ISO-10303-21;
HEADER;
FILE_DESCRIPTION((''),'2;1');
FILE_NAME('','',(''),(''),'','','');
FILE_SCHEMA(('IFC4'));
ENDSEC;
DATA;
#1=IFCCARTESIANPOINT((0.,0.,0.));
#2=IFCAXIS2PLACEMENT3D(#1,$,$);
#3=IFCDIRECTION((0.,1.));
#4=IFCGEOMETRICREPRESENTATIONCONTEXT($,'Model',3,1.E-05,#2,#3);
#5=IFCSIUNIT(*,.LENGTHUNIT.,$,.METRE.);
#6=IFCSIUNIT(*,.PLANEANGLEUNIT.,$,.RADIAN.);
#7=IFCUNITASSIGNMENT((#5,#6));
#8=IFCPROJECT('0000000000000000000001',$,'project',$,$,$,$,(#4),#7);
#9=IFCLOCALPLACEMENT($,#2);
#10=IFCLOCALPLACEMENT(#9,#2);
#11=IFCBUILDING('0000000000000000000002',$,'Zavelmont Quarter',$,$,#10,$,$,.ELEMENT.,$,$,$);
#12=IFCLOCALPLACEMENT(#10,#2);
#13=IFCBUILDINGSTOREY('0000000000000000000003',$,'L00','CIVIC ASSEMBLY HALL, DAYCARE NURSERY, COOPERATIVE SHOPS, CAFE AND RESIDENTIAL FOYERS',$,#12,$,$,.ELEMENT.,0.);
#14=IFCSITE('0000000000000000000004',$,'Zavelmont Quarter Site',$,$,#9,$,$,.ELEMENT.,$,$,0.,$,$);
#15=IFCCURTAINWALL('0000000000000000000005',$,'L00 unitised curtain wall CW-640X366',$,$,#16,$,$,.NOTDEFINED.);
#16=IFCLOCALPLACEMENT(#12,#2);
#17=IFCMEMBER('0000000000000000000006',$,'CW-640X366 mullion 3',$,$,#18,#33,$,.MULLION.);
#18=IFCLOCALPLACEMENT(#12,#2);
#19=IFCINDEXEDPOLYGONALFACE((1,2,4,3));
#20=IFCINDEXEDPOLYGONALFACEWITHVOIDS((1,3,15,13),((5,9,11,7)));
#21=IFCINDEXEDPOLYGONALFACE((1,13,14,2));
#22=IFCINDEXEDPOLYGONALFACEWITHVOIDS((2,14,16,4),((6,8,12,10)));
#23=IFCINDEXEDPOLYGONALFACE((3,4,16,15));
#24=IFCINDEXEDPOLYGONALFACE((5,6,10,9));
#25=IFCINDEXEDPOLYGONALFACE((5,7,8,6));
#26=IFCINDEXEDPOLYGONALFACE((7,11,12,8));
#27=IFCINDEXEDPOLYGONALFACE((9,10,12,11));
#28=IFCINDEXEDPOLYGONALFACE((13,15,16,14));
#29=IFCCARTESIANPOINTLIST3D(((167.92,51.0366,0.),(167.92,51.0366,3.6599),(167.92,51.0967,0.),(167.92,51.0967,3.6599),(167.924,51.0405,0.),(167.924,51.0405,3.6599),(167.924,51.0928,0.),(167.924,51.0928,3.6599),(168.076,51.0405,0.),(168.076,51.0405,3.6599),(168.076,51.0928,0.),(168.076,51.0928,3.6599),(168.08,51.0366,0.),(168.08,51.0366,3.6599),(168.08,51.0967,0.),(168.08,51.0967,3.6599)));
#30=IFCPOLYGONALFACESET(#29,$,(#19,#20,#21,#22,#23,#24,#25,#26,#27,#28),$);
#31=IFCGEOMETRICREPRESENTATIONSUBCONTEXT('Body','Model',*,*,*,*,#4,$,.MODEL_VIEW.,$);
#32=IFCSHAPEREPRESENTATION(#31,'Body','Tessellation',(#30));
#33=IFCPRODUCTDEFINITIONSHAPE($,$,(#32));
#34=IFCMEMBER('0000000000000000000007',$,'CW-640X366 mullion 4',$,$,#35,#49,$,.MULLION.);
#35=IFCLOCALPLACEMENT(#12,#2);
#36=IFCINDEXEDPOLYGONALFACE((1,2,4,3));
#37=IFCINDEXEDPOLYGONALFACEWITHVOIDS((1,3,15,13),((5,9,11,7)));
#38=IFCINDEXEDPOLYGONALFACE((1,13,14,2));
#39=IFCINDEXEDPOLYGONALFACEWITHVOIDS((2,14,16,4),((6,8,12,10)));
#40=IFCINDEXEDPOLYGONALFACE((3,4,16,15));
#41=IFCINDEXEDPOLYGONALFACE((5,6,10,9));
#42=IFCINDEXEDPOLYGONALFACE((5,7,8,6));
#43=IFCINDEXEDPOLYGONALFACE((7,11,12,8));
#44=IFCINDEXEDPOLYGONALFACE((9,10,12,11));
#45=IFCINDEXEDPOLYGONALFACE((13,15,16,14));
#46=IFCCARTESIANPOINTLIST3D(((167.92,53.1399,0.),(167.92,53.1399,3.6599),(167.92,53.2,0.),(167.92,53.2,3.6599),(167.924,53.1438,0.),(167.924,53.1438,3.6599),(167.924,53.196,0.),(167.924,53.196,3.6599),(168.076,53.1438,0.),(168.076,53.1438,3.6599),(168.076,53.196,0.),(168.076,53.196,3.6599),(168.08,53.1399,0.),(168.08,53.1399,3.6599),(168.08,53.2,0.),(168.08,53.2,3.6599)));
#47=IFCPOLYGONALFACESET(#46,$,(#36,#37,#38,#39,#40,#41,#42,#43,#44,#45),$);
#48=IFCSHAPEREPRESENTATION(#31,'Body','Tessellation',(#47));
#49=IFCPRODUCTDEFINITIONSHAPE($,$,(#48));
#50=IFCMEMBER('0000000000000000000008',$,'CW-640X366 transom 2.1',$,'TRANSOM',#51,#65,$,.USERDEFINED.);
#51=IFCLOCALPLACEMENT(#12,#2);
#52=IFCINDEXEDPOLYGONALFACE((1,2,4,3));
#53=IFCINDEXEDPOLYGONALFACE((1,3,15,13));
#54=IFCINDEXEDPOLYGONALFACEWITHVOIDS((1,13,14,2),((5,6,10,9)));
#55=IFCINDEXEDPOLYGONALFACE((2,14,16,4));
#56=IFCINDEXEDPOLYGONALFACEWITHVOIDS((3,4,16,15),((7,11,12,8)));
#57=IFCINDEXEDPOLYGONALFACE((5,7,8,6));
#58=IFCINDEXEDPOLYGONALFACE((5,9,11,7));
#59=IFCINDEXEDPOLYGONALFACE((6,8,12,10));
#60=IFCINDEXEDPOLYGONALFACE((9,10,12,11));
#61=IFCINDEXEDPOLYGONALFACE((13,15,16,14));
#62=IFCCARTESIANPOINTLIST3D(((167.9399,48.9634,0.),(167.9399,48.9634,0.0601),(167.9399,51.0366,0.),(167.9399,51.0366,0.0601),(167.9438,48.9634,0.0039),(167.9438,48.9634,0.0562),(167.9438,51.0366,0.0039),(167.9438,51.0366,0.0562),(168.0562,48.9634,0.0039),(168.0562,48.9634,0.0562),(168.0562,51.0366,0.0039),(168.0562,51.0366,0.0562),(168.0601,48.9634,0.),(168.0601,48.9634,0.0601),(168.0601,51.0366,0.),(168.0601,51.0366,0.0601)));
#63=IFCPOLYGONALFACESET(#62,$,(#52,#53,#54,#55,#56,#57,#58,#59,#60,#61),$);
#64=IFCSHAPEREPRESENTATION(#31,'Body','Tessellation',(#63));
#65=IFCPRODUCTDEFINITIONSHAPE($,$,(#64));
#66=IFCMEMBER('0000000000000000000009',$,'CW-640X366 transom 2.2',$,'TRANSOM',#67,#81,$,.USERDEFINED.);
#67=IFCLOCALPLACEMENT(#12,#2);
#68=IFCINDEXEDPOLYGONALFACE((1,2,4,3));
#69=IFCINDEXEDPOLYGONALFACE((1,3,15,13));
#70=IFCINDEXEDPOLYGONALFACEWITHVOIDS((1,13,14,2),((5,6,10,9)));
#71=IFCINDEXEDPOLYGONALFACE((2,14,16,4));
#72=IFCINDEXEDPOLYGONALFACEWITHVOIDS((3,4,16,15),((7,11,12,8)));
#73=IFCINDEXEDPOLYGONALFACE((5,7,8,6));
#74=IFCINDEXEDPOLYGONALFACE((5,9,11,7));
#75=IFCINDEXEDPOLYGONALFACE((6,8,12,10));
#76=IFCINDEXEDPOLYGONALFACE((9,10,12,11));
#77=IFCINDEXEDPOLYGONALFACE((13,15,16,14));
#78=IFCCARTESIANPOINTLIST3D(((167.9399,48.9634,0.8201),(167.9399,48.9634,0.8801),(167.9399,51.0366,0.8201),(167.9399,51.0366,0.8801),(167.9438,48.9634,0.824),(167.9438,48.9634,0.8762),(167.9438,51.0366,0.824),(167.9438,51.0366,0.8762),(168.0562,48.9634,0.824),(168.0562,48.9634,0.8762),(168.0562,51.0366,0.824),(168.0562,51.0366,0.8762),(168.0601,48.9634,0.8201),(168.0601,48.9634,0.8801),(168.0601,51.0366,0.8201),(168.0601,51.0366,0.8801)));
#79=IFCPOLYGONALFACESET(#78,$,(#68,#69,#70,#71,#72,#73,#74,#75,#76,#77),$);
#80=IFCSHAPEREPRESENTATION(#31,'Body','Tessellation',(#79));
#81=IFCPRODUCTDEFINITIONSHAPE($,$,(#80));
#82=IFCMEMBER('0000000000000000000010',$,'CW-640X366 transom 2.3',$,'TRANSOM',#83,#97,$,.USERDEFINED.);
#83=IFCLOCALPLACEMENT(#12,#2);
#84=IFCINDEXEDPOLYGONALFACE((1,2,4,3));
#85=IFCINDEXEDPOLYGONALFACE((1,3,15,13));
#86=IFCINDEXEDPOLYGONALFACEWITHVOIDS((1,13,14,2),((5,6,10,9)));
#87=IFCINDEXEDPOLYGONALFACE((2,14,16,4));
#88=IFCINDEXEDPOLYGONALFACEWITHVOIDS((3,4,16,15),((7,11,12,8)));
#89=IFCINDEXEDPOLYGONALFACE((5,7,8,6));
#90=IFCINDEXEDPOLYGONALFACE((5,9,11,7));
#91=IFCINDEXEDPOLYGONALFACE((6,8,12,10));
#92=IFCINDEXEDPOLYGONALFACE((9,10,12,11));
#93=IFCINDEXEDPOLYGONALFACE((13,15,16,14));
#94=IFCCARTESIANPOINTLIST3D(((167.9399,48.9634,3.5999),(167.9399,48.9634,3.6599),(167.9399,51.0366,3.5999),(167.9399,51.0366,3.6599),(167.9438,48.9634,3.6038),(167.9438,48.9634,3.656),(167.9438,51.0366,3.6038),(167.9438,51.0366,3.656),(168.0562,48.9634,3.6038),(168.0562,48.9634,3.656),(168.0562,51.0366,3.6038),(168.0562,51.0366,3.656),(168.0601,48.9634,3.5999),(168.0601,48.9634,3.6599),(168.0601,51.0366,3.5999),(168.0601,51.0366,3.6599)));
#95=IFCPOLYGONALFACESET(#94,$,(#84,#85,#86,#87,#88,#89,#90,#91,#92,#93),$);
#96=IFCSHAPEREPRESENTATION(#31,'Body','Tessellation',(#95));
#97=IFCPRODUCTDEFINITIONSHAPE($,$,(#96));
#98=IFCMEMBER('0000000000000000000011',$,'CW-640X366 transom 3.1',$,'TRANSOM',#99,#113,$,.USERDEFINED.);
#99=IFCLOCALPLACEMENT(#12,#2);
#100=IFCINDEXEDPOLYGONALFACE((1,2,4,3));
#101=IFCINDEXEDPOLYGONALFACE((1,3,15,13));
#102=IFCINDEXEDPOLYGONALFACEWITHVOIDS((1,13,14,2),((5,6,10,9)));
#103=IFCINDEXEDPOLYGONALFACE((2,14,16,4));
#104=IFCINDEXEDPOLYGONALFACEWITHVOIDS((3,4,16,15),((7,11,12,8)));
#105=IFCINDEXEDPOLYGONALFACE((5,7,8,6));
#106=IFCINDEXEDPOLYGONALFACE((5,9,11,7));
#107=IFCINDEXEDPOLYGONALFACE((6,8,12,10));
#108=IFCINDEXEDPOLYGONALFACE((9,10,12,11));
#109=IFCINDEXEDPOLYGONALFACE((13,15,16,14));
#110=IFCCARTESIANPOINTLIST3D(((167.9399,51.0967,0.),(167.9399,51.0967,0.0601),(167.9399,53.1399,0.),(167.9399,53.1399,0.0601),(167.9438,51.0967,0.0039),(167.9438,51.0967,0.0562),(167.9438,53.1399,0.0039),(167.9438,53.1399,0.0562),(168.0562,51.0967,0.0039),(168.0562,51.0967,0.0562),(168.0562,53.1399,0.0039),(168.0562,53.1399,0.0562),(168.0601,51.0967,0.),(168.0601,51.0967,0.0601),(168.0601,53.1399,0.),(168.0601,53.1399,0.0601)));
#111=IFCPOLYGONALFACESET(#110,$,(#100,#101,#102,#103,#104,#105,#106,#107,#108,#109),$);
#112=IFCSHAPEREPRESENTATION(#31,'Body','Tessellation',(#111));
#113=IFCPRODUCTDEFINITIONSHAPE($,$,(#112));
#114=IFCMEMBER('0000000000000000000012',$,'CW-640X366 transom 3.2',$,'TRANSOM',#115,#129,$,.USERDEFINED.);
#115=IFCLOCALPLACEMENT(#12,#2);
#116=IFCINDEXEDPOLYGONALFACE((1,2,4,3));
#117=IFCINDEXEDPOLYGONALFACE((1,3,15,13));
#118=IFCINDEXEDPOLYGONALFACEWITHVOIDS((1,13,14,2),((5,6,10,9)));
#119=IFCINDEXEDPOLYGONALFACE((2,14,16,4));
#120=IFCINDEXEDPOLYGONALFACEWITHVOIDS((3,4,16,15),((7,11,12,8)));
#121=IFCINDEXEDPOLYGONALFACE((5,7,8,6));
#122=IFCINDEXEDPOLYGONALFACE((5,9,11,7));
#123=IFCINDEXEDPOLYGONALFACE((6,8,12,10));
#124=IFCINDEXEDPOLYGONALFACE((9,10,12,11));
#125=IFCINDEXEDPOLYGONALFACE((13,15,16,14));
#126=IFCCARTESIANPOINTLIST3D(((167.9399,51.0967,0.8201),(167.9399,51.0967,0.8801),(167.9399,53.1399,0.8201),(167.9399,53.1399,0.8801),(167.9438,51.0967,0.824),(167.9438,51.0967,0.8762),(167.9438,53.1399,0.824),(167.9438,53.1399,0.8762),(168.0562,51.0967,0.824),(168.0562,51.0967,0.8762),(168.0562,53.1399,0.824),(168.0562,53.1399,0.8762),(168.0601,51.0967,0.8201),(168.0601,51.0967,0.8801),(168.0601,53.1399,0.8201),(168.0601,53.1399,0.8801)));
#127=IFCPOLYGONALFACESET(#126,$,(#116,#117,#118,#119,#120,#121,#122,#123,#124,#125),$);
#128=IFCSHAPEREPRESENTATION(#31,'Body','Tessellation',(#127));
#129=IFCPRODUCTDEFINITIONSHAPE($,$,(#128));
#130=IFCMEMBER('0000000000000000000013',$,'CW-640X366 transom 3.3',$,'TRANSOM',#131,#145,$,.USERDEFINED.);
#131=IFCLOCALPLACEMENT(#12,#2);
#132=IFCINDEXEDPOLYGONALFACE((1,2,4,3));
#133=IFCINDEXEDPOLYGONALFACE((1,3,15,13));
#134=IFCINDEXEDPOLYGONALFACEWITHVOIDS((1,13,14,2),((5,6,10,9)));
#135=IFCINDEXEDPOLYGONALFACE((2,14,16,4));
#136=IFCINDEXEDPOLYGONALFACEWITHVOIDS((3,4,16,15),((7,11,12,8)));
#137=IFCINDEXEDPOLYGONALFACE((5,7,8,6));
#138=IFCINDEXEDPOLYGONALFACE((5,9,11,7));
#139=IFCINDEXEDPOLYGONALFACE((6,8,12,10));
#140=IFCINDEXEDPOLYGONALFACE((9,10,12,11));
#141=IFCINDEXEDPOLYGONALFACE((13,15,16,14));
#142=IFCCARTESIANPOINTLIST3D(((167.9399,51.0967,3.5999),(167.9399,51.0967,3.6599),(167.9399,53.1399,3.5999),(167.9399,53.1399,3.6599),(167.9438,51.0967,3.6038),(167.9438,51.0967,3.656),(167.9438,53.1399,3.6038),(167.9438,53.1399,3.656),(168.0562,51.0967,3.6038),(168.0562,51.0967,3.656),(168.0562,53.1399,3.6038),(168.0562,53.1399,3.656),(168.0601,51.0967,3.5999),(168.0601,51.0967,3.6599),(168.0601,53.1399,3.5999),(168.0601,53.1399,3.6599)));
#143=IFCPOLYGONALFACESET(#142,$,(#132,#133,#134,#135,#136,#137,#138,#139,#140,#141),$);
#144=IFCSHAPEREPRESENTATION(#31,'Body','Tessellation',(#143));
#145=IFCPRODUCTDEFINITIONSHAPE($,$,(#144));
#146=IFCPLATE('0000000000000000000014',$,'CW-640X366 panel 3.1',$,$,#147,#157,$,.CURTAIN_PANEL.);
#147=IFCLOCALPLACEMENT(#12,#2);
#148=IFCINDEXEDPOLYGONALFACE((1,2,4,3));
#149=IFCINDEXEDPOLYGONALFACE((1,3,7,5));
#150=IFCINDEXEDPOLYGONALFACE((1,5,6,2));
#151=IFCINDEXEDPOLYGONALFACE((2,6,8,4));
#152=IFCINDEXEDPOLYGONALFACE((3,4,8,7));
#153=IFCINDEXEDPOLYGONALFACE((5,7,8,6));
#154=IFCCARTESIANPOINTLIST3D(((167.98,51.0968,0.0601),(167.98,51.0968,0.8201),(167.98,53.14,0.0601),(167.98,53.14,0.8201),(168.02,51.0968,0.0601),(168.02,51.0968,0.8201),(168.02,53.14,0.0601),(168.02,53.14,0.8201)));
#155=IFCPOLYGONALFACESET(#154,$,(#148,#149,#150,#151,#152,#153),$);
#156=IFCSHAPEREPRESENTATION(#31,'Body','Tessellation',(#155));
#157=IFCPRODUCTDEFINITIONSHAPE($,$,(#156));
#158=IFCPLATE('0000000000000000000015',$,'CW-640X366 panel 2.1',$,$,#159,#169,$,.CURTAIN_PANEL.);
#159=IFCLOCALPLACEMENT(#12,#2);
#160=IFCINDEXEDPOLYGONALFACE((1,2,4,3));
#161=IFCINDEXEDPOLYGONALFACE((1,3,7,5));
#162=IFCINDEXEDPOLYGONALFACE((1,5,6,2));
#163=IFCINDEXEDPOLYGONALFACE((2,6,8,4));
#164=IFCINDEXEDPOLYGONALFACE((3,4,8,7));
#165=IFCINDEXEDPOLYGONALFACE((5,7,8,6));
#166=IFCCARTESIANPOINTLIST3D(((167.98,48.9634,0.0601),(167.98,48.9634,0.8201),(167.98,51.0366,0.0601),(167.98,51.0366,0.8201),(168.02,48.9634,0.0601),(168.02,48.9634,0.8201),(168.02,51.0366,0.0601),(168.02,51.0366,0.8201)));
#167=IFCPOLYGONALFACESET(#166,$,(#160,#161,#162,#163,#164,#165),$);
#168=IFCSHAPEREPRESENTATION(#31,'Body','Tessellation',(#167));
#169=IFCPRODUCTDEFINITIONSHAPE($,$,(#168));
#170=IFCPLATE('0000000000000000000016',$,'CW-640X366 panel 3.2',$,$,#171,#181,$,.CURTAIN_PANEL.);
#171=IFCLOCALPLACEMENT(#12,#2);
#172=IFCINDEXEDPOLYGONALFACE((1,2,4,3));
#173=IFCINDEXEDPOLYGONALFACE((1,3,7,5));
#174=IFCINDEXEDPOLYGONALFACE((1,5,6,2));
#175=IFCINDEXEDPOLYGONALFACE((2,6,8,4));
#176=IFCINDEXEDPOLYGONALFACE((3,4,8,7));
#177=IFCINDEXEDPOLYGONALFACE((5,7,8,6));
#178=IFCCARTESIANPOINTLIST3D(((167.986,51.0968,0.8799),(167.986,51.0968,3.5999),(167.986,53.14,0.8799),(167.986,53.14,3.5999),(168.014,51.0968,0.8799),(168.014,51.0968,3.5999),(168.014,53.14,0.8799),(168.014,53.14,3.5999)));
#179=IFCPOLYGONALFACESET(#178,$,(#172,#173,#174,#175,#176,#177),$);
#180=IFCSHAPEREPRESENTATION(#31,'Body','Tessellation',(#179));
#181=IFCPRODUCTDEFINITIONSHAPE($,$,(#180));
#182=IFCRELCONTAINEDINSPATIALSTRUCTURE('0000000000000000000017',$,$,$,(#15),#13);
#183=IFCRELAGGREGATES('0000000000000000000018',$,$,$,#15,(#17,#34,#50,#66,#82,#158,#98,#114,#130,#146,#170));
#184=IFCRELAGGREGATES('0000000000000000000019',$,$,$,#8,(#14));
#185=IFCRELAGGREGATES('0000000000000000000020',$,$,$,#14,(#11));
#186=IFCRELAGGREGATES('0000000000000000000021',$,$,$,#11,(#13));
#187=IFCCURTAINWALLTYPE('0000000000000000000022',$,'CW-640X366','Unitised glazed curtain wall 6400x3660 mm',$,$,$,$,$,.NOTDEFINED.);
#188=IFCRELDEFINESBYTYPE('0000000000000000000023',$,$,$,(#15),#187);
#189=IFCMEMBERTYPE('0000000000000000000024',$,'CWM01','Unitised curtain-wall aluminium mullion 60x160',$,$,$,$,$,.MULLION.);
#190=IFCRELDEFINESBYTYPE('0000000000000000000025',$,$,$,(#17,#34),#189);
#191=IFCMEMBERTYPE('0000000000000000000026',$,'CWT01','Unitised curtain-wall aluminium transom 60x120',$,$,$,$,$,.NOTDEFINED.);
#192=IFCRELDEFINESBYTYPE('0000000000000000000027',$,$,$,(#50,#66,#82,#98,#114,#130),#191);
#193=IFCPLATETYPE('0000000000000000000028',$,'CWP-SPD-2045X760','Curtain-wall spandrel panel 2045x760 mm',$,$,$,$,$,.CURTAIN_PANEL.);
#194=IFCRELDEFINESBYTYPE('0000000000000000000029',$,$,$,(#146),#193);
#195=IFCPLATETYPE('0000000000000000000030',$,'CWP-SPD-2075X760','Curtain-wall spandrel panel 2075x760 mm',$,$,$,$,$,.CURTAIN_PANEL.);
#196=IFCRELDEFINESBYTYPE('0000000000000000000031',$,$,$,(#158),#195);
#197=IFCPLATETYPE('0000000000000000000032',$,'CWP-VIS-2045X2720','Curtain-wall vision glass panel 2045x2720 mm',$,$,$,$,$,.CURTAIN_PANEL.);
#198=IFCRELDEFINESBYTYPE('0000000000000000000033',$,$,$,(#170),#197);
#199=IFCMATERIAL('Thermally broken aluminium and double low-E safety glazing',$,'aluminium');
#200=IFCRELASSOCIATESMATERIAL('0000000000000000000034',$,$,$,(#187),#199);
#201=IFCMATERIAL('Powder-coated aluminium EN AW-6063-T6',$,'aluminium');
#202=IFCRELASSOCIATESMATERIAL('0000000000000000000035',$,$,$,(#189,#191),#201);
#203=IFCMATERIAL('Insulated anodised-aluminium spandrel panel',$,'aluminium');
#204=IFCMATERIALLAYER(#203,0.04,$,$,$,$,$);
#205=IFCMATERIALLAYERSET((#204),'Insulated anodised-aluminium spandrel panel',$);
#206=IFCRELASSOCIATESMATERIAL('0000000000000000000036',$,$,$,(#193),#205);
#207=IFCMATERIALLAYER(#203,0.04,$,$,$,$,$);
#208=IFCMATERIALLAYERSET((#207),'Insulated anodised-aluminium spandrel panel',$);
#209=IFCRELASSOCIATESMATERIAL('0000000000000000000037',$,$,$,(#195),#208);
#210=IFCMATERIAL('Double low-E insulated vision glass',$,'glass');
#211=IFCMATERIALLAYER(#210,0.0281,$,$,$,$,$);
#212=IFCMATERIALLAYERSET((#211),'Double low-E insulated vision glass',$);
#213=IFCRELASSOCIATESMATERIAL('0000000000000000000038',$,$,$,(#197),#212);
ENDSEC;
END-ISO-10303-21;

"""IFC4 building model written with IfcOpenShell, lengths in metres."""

from ifc_helpers import new_model, si_unit, direction, frame, origin, origin_2d, place, context, subcontext, project, spatial, rectangle, hollow_rectangle, extrude, material, layer, layer_set, material_profile, profile_set, type_object, element, aggregate, save


model = new_model("IFC4")

# Units and contexts
model_context = context("Model", 3, precision=1e-05, world=origin(), true_north=direction((0.0, 1.0)))
body_context = subcontext(model_context, "Body", "Model", "MODEL_VIEW")
ifc_project = project(units=[si_unit("LENGTHUNIT", "METRE"), si_unit("PLANEANGLEUNIT", "RADIAN")], contexts=[model_context])

# Site, building, storey
site_placement = place(None, origin())
site = spatial("IfcSite", under=ifc_project, at=site_placement, Name="Zavelmont Quarter Site", CompositionType="ELEMENT", RefElevation=0.0)
building_placement = place(site_placement, origin())
building = spatial("IfcBuilding", under=site, at=building_placement, Name="Zavelmont Quarter", CompositionType="ELEMENT")
storey_placement = place(building_placement, origin())
storey = spatial("IfcBuildingStorey", under=building, at=storey_placement, Name="L00", Description="CIVIC ASSEMBLY HALL, DAYCARE NURSERY, COOPERATIVE SHOPS, CAFE AND RESIDENTIAL FOYERS", CompositionType="ELEMENT", Elevation=0.0)

# Curtain wall, members, plates
ifc_material_1 = material(Name="Thermally broken aluminium and double low-E safety glazing", Category="aluminium")
curtain_wall_type = type_object("IfcCurtainWallType", Name="CW-640X366", Description="Unitised glazed curtain wall 6400x3660 mm", PredefinedType="NOTDEFINED", material=ifc_material_1)
curtain_wall_placement = place(storey_placement, origin())
curtain_wall = element("IfcCurtainWall", 1, at=curtain_wall_placement, inside=storey, type_object=curtain_wall_type, Name="L00 unitised curtain wall CW-640X366", PredefinedType="NOTDEFINED")
ifc_material_2 = material(Name="Powder-coated aluminium EN AW-6063-T6", Category="aluminium")
ifc_material_profile_1 = material_profile(ifc_material_2, hollow_rectangle(XDim=0.0601, YDim=0.1599, WallThickness=0.0039, at=origin_2d()), Name="CWM60X160")
ifc_profile_set_1 = profile_set([ifc_material_profile_1], Name="Powder-coated aluminium EN AW-6063-T6")
member_type_1 = type_object("IfcMemberType", Name="CWM01", Description="Unitised curtain-wall aluminium mullion 60x160", PredefinedType="MULLION", material=ifc_profile_set_1)
member_1_placement = place(storey_placement, frame((168.0, 51.0667, 0.0), z_axis=(0.0, 0.0, 1.0), x_axis=(0.0, 1.0, 0.0)))
member_1 = element("IfcMember", 2, at=member_1_placement, type_object=member_type_1, Name="CW-640X366 mullion 3", PredefinedType="MULLION", context=body_context, shape_type="SweptSolid", body=[
    extrude(hollow_rectangle(XDim=0.0601, YDim=0.1599, WallThickness=0.0039, at=origin_2d()), origin(), (0.0, 0.0, 1.0), 3.6599),
])
member_2_placement = place(storey_placement, frame((168.0, 53.1699, 0.0), z_axis=(0.0, 0.0, 1.0), x_axis=(0.0, 1.0, 0.0)))
member_2 = element("IfcMember", 3, at=member_2_placement, type_object=member_type_1, Name="CW-640X366 mullion 4", PredefinedType="MULLION", context=body_context, shape_type="SweptSolid", body=[
    extrude(hollow_rectangle(XDim=0.0601, YDim=0.1599, WallThickness=0.0039, at=origin_2d()), origin(), (0.0, 0.0, 1.0), 3.6599),
])
ifc_material_profile_2 = material_profile(ifc_material_2, hollow_rectangle(XDim=0.1201, YDim=0.0601, WallThickness=0.0039, at=origin_2d()), Name="CWT60X120")
ifc_profile_set_2 = profile_set([ifc_material_profile_2], Name="Powder-coated aluminium EN AW-6063-T6")
member_type_2 = type_object("IfcMemberType", Name="CWT01", Description="Unitised curtain-wall aluminium transom 60x120", PredefinedType="NOTDEFINED", material=ifc_profile_set_2)
member_3_placement = place(storey_placement, frame((168.0, 48.9634, 0.03), z_axis=(0.0, 1.0, 0.0), x_axis=(-1.0, 0.0, 0.0)))
member_3 = element("IfcMember", 4, at=member_3_placement, type_object=member_type_2, Name="CW-640X366 transom 2.1", ObjectType="TRANSOM", PredefinedType="USERDEFINED", context=body_context, shape_type="SweptSolid", body=[
    extrude(hollow_rectangle(XDim=0.1201, YDim=0.0601, WallThickness=0.0039, at=origin_2d()), origin(), (0.0, 0.0, 1.0), 2.0732),
])
member_4_placement = place(storey_placement, frame((168.0, 48.9634, 0.8501), z_axis=(0.0, 1.0, 0.0), x_axis=(-1.0, 0.0, 0.0)))
member_4 = element("IfcMember", 5, at=member_4_placement, type_object=member_type_2, Name="CW-640X366 transom 2.2", ObjectType="TRANSOM", PredefinedType="USERDEFINED", context=body_context, shape_type="SweptSolid", body=[
    extrude(hollow_rectangle(XDim=0.1201, YDim=0.0601, WallThickness=0.0039, at=origin_2d()), origin(), (0.0, 0.0, 1.0), 2.0732),
])
member_5_placement = place(storey_placement, frame((168.0, 48.9634, 3.6299), z_axis=(0.0, 1.0, 0.0), x_axis=(-1.0, 0.0, 0.0)))
member_5 = element("IfcMember", 6, at=member_5_placement, type_object=member_type_2, Name="CW-640X366 transom 2.3", ObjectType="TRANSOM", PredefinedType="USERDEFINED", context=body_context, shape_type="SweptSolid", body=[
    extrude(hollow_rectangle(XDim=0.1201, YDim=0.0601, WallThickness=0.0039, at=origin_2d()), origin(), (0.0, 0.0, 1.0), 2.0732),
])
member_6_placement = place(storey_placement, frame((168.0, 51.0967, 0.03), z_axis=(0.0, 1.0, 0.0), x_axis=(-1.0, 0.0, 0.0)))
member_6 = element("IfcMember", 7, at=member_6_placement, type_object=member_type_2, Name="CW-640X366 transom 3.1", ObjectType="TRANSOM", PredefinedType="USERDEFINED", context=body_context, shape_type="SweptSolid", body=[
    extrude(hollow_rectangle(XDim=0.1201, YDim=0.0601, WallThickness=0.0039, at=origin_2d()), origin(), (0.0, 0.0, 1.0), 2.0432),
])
member_7_placement = place(storey_placement, frame((168.0, 51.0967, 0.8501), z_axis=(0.0, 1.0, 0.0), x_axis=(-1.0, 0.0, 0.0)))
member_7 = element("IfcMember", 8, at=member_7_placement, type_object=member_type_2, Name="CW-640X366 transom 3.2", ObjectType="TRANSOM", PredefinedType="USERDEFINED", context=body_context, shape_type="SweptSolid", body=[
    extrude(hollow_rectangle(XDim=0.1201, YDim=0.0601, WallThickness=0.0039, at=origin_2d()), origin(), (0.0, 0.0, 1.0), 2.0432),
])
member_8_placement = place(storey_placement, frame((168.0, 51.0967, 3.6299), z_axis=(0.0, 1.0, 0.0), x_axis=(-1.0, 0.0, 0.0)))
member_8 = element("IfcMember", 9, at=member_8_placement, type_object=member_type_2, Name="CW-640X366 transom 3.3", ObjectType="TRANSOM", PredefinedType="USERDEFINED", context=body_context, shape_type="SweptSolid", body=[
    extrude(hollow_rectangle(XDim=0.1201, YDim=0.0601, WallThickness=0.0039, at=origin_2d()), origin(), (0.0, 0.0, 1.0), 2.0432),
])
ifc_material_3 = material(Name="Insulated anodised-aluminium spandrel panel", Category="aluminium")
ifc_layer_1 = layer(ifc_material_3, 0.04)
ifc_layer_set_1 = layer_set([ifc_layer_1], Name="Insulated anodised-aluminium spandrel panel")
plate_type_1 = type_object("IfcPlateType", Name="CWP-SPD-2045X760", Description="Curtain-wall spandrel panel 2045x760 mm", PredefinedType="CURTAIN_PANEL", material=ifc_layer_set_1)
plate_1_placement = place(storey_placement, frame((168.0, 52.1184, 0.0601), z_axis=(0.0, 0.0, 1.0), x_axis=(0.0, 1.0, 0.0)))
plate_1 = element("IfcPlate", 10, at=plate_1_placement, type_object=plate_type_1, Name="CW-640X366 panel 3.1", PredefinedType="CURTAIN_PANEL", context=body_context, shape_type="SweptSolid", body=[
    extrude(rectangle(XDim=2.0432, YDim=0.04, at=origin_2d()), origin(), (0.0, 0.0, 1.0), 0.76),
])
ifc_layer_2 = layer(ifc_material_3, 0.04)
ifc_layer_set_2 = layer_set([ifc_layer_2], Name="Insulated anodised-aluminium spandrel panel")
plate_type_2 = type_object("IfcPlateType", Name="CWP-SPD-2075X760", Description="Curtain-wall spandrel panel 2075x760 mm", PredefinedType="CURTAIN_PANEL", material=ifc_layer_set_2)
plate_2_placement = place(storey_placement, frame((168.0, 50.0, 0.0601), z_axis=(0.0, 0.0, 1.0), x_axis=(0.0, 1.0, 0.0)))
plate_2 = element("IfcPlate", 11, at=plate_2_placement, type_object=plate_type_2, Name="CW-640X366 panel 2.1", PredefinedType="CURTAIN_PANEL", context=body_context, shape_type="SweptSolid", body=[
    extrude(rectangle(XDim=2.0732, YDim=0.04, at=origin_2d()), origin(), (0.0, 0.0, 1.0), 0.76),
])
ifc_material_4 = material(Name="Double low-E insulated vision glass", Category="glass")
ifc_layer_3 = layer(ifc_material_4, 0.0281)
ifc_layer_set_3 = layer_set([ifc_layer_3], Name="Double low-E insulated vision glass")
plate_type_3 = type_object("IfcPlateType", Name="CWP-VIS-2045X2720", Description="Curtain-wall vision glass panel 2045x2720 mm", PredefinedType="CURTAIN_PANEL", material=ifc_layer_set_3)
plate_3_placement = place(storey_placement, frame((168.0, 52.1184, 0.8799), z_axis=(0.0, 0.0, 1.0), x_axis=(0.0, 1.0, 0.0)))
plate_3 = element("IfcPlate", 12, at=plate_3_placement, type_object=plate_type_3, Name="CW-640X366 panel 3.2", PredefinedType="CURTAIN_PANEL", context=body_context, shape_type="SweptSolid", body=[
    extrude(rectangle(XDim=2.0432, YDim=0.0281, at=origin_2d()), origin(), (0.0, 0.0, 1.0), 2.72),
])
aggregate(curtain_wall, [member_1, member_2, member_3, member_4, member_5, plate_2, member_6, member_7, member_8, plate_1, plate_3])

save(model, "model.ifc")
